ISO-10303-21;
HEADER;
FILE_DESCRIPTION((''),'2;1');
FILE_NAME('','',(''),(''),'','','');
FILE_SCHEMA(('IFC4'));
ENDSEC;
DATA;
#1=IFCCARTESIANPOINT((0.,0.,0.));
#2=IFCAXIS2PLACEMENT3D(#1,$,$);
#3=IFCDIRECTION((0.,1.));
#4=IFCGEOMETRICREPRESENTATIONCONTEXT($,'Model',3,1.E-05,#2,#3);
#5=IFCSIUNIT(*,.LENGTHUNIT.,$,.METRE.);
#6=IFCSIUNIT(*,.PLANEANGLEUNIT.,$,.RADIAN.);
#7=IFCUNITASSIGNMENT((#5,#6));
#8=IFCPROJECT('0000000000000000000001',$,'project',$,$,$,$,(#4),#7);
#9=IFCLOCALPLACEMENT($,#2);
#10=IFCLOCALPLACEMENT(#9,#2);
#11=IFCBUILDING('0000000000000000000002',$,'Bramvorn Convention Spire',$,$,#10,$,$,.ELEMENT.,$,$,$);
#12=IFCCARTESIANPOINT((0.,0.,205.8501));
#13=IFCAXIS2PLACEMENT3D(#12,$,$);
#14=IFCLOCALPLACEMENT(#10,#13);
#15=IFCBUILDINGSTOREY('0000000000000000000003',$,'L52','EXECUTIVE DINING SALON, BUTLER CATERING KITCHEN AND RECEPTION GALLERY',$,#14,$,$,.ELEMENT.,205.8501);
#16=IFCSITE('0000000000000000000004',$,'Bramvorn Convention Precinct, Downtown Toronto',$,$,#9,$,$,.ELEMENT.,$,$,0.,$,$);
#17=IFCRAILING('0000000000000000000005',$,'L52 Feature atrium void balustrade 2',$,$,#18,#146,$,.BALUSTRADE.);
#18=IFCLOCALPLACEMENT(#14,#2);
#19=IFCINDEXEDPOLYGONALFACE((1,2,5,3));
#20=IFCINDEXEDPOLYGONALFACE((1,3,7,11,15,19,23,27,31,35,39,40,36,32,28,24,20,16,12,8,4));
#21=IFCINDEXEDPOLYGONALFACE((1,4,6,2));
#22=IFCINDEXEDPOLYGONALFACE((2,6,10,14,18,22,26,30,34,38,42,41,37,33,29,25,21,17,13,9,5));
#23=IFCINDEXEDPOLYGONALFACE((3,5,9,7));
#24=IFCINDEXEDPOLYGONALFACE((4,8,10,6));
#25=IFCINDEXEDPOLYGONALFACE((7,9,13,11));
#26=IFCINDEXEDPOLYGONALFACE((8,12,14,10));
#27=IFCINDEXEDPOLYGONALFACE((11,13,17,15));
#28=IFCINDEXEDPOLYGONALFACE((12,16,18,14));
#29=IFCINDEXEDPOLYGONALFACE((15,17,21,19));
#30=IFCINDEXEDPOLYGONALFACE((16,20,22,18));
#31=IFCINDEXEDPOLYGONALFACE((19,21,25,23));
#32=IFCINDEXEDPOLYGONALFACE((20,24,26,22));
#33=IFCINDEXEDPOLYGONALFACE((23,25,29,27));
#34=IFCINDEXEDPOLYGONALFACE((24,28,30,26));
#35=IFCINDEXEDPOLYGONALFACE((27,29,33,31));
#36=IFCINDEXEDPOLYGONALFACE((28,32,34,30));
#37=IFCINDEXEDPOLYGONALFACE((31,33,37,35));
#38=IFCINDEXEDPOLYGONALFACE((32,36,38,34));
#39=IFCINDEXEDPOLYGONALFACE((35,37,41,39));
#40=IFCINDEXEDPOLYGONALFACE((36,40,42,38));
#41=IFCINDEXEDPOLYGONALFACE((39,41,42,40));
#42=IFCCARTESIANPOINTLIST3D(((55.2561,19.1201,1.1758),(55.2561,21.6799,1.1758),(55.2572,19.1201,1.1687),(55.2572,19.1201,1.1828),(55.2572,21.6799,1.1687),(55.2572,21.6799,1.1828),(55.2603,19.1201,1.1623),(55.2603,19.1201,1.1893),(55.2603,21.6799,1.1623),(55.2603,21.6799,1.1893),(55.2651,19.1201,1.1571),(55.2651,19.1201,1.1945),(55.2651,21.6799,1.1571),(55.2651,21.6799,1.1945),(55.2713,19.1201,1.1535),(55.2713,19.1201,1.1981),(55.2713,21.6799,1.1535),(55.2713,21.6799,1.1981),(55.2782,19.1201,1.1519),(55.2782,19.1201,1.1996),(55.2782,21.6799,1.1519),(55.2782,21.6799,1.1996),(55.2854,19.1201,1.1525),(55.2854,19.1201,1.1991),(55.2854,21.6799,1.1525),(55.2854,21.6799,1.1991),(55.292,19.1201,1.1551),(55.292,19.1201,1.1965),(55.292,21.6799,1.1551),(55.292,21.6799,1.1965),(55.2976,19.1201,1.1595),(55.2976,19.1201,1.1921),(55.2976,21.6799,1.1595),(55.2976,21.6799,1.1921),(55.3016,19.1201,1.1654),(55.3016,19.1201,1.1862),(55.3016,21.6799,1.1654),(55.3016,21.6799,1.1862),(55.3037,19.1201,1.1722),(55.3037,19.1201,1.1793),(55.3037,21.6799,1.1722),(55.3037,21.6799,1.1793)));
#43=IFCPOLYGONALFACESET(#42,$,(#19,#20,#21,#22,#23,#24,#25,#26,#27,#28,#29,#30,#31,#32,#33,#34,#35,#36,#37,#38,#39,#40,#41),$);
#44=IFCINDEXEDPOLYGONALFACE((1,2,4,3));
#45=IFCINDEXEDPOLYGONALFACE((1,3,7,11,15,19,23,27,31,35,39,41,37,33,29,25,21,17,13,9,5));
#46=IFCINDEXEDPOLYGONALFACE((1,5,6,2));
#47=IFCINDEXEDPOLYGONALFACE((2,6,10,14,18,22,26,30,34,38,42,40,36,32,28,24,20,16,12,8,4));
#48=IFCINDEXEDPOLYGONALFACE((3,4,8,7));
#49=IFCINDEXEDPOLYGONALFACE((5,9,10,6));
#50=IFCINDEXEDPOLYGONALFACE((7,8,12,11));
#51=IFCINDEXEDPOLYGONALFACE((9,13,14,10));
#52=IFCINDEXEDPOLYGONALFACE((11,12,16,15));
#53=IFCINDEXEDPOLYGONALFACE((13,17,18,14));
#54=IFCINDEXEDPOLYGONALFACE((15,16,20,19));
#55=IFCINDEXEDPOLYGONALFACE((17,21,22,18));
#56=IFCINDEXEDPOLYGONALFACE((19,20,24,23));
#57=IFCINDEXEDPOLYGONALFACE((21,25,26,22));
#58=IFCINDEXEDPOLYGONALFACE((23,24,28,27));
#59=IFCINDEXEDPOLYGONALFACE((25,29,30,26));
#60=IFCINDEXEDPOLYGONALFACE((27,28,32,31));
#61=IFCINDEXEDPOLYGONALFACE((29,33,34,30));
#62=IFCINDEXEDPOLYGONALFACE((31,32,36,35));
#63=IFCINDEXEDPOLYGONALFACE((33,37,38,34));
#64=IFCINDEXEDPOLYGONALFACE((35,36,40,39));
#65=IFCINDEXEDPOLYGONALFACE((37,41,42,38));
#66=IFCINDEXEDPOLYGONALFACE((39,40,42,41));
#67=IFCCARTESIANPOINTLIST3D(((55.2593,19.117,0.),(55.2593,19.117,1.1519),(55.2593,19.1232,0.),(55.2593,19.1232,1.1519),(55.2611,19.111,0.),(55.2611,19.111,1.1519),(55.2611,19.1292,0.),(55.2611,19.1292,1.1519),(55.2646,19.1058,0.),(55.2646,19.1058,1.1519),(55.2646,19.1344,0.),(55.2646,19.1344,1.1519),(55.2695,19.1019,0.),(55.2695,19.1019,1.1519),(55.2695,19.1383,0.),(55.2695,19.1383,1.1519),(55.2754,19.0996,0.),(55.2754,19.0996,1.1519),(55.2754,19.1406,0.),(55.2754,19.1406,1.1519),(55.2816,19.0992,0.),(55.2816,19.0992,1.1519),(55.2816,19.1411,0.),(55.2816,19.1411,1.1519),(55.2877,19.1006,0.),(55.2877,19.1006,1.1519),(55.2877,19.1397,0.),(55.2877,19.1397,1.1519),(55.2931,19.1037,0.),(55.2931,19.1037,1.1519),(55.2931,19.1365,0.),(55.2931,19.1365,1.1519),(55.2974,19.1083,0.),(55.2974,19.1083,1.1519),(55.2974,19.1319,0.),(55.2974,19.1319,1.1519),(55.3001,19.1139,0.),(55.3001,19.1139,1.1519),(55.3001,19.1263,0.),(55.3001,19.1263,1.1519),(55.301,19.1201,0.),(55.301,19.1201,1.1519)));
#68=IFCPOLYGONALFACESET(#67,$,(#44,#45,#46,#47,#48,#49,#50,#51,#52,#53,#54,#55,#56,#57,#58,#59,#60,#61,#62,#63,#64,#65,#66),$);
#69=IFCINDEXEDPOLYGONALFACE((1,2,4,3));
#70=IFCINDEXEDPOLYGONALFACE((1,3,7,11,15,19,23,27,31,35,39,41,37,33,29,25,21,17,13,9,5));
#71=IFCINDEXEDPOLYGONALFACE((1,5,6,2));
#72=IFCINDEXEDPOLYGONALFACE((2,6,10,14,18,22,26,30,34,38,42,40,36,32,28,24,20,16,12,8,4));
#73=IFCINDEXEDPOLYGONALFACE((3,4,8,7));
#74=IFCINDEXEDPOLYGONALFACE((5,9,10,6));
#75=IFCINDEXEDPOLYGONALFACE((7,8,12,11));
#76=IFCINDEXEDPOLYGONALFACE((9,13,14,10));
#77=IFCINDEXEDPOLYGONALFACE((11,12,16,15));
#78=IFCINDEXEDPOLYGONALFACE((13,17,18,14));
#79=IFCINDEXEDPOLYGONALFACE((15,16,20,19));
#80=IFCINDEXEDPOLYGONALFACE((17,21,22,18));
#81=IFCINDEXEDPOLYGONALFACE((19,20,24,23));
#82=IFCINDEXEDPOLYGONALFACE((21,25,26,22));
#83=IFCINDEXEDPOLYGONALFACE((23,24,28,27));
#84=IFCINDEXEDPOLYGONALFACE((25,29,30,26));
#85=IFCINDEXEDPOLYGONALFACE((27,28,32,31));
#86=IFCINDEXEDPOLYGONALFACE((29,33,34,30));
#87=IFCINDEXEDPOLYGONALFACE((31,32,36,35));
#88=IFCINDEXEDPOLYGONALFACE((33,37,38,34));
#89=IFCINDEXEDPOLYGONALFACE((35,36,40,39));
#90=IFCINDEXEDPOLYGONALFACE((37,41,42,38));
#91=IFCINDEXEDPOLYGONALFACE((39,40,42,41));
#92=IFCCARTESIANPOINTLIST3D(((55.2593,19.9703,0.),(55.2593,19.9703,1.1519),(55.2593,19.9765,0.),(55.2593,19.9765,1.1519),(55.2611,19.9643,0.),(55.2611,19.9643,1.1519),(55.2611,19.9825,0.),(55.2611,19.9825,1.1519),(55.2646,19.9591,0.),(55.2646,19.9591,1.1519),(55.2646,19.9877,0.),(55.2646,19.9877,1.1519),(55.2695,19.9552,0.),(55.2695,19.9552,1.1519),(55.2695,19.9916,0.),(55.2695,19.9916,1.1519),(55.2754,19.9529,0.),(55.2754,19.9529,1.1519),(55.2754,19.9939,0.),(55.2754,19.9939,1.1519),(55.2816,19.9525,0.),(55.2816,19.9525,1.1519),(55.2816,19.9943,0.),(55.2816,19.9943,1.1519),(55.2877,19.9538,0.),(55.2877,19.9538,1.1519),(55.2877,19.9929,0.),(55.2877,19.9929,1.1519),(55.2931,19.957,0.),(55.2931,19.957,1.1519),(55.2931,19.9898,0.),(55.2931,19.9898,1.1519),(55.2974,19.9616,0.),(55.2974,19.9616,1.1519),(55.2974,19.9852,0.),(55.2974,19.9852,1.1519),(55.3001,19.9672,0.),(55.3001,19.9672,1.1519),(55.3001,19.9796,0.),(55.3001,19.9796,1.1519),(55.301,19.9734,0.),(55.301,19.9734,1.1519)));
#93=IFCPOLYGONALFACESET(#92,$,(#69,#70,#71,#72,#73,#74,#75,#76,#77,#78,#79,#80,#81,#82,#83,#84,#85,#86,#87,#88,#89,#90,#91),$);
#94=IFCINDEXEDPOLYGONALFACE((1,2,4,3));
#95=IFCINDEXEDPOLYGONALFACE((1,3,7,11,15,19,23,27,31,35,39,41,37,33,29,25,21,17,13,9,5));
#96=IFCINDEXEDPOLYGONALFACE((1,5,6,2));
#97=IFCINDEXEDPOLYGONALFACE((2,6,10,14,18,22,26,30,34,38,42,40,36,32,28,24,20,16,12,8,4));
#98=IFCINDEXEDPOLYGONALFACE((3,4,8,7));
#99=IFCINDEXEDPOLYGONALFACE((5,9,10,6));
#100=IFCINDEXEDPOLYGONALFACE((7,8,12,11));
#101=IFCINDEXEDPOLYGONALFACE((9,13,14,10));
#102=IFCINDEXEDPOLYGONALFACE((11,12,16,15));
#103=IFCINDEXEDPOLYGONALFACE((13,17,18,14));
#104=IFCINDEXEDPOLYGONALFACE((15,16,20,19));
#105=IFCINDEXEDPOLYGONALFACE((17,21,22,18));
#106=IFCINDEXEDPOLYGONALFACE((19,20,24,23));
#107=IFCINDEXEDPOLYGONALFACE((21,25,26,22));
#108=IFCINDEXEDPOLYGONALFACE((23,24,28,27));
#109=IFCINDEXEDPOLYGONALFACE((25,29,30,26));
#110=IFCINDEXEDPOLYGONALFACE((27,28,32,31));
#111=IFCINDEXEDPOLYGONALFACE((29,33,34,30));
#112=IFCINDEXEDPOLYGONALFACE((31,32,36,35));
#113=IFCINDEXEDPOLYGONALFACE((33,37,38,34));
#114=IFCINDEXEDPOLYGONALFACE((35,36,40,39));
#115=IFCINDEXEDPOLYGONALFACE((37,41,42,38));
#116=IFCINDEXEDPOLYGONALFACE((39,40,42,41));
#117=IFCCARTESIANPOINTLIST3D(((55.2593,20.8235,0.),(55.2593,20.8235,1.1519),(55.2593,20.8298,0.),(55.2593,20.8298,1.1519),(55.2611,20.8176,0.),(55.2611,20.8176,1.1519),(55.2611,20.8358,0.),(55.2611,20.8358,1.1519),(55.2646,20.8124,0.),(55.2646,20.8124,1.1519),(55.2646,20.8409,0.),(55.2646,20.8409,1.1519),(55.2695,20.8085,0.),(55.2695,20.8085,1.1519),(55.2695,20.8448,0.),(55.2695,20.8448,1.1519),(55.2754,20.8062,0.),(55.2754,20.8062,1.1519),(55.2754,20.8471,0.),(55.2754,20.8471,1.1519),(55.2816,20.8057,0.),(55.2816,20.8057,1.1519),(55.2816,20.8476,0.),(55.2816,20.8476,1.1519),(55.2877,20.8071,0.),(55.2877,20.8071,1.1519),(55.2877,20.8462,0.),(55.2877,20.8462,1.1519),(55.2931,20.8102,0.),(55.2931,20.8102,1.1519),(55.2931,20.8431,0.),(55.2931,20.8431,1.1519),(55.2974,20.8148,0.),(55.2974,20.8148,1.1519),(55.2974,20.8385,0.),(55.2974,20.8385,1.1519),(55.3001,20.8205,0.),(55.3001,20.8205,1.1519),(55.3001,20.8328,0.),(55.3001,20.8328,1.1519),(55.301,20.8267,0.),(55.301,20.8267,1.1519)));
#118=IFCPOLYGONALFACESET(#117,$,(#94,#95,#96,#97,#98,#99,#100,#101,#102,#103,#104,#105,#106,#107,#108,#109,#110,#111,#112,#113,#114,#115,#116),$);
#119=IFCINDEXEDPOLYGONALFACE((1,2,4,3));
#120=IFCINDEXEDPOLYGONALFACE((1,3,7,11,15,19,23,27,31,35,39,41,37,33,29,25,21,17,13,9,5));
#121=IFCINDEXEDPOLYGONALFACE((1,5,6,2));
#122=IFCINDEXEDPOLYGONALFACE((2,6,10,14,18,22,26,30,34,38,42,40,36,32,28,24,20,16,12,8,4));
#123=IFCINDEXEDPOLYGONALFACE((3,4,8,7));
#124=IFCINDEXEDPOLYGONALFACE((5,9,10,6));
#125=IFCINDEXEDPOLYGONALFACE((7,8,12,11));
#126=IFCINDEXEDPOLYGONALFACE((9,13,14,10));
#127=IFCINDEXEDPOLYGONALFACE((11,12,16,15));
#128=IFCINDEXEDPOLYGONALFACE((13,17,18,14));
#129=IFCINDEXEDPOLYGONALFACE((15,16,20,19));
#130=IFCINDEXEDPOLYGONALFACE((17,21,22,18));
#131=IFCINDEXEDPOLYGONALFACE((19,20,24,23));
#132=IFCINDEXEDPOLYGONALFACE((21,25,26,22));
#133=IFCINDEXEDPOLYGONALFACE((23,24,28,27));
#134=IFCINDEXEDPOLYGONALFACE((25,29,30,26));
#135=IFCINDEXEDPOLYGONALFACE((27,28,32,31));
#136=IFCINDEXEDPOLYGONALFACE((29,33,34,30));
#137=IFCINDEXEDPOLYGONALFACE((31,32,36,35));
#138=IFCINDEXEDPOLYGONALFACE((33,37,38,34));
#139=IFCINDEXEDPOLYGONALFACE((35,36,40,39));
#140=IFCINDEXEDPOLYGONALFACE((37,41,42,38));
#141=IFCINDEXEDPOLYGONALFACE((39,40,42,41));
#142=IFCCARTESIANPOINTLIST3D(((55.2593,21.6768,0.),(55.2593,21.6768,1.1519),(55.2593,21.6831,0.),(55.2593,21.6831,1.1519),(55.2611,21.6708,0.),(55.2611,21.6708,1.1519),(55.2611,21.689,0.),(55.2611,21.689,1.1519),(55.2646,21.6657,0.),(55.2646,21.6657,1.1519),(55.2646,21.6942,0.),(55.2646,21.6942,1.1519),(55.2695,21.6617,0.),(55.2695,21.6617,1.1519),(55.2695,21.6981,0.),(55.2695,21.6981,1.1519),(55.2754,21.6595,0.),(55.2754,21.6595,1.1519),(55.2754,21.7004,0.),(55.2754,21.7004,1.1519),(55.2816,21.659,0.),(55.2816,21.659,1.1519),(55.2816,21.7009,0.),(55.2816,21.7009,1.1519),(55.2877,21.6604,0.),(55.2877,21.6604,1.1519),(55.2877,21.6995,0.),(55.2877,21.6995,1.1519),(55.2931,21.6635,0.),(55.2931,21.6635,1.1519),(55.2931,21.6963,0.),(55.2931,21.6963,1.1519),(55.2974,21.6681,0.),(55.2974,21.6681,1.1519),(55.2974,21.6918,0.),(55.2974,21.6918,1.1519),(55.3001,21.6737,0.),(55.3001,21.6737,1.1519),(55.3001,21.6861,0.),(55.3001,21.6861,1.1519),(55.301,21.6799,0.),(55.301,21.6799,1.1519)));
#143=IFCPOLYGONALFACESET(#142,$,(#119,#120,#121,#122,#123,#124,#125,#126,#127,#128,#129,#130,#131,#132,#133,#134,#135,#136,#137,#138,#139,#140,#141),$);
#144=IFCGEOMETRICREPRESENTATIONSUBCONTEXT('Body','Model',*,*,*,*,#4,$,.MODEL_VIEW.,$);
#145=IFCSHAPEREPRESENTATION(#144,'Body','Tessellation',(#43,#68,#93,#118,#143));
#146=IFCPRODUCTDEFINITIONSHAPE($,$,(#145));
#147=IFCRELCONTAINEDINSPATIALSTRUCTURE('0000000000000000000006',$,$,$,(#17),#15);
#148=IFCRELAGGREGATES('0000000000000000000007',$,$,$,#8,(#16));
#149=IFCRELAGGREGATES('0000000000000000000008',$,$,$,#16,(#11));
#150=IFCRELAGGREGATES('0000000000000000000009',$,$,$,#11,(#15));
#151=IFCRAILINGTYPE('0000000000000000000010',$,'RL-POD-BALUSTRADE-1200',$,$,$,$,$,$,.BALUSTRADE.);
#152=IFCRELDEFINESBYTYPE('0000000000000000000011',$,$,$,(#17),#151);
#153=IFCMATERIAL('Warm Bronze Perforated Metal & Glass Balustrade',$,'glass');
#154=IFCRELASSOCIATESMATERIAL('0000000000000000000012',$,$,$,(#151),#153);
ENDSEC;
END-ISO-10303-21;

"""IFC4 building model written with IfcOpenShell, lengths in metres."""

from ifc_helpers import new_model, si_unit, direction, frame, origin, origin_2d, place, context, subcontext, project, spatial, circle, extrude, material, type_object, element, save


model = new_model("IFC4")

# Units and contexts
model_context = context("Model", 3, precision=1e-05, world=origin(), true_north=direction((0.0, 1.0)))
body_context = subcontext(model_context, "Body", "Model", "MODEL_VIEW")
ifc_project = project(units=[si_unit("LENGTHUNIT", "METRE"), si_unit("PLANEANGLEUNIT", "RADIAN")], contexts=[model_context])

# Site, building, storey
site_placement = place(None, origin())
site = spatial("IfcSite", under=ifc_project, at=site_placement, Name="Bramvorn Convention Precinct, Downtown Toronto", CompositionType="ELEMENT", RefElevation=0.0)
building_placement = place(site_placement, origin())
building = spatial("IfcBuilding", under=site, at=building_placement, Name="Bramvorn Convention Spire", CompositionType="ELEMENT")
storey_placement = place(building_placement, frame((0.0, 0.0, 205.8501)))
storey = spatial("IfcBuildingStorey", under=building, at=storey_placement, Name="L52", Description="EXECUTIVE DINING SALON, BUTLER CATERING KITCHEN AND RECEPTION GALLERY", CompositionType="ELEMENT", Elevation=205.8501)

# Railing
ifc_material_1 = material(Name="Warm Bronze Perforated Metal & Glass Balustrade", Category="glass")
railing_type = type_object("IfcRailingType", Name="RL-POD-BALUSTRADE-1200", PredefinedType="BALUSTRADE", material=ifc_material_1)
railing_1_placement = place(storey_placement, frame((55.28, 19.1201, 0.0)))
element("IfcRailing", 1, at=railing_1_placement, inside=storey, type_object=railing_type, Name="L52 Feature atrium void balustrade 2", PredefinedType="BALUSTRADE", context=body_context, shape_type="SweptSolid", body=[
    extrude(circle(Radius=0.0239, at=origin_2d()), frame((0.0, 0.0, 1.1758), z_axis=(0.0, 1.0, 0.0), x_axis=(-1.0, 0.0, 0.0)), (0.0, 0.0, 1.0), 2.5598),
    extrude(circle(Radius=0.021, at=origin_2d()), origin(), (0.0, 0.0, 1.0), 1.1519),
    extrude(circle(Radius=0.021, at=origin_2d()), frame((0.0, 0.8533, 0.0)), (0.0, 0.0, 1.0), 1.1519),
    extrude(circle(Radius=0.021, at=origin_2d()), frame((0.0, 1.7065, 0.0)), (0.0, 0.0, 1.0), 1.1519),
    extrude(circle(Radius=0.021, at=origin_2d()), frame((0.0, 2.5598, 0.0)), (0.0, 0.0, 1.0), 1.1519),
])

save(model, "model.ifc")
